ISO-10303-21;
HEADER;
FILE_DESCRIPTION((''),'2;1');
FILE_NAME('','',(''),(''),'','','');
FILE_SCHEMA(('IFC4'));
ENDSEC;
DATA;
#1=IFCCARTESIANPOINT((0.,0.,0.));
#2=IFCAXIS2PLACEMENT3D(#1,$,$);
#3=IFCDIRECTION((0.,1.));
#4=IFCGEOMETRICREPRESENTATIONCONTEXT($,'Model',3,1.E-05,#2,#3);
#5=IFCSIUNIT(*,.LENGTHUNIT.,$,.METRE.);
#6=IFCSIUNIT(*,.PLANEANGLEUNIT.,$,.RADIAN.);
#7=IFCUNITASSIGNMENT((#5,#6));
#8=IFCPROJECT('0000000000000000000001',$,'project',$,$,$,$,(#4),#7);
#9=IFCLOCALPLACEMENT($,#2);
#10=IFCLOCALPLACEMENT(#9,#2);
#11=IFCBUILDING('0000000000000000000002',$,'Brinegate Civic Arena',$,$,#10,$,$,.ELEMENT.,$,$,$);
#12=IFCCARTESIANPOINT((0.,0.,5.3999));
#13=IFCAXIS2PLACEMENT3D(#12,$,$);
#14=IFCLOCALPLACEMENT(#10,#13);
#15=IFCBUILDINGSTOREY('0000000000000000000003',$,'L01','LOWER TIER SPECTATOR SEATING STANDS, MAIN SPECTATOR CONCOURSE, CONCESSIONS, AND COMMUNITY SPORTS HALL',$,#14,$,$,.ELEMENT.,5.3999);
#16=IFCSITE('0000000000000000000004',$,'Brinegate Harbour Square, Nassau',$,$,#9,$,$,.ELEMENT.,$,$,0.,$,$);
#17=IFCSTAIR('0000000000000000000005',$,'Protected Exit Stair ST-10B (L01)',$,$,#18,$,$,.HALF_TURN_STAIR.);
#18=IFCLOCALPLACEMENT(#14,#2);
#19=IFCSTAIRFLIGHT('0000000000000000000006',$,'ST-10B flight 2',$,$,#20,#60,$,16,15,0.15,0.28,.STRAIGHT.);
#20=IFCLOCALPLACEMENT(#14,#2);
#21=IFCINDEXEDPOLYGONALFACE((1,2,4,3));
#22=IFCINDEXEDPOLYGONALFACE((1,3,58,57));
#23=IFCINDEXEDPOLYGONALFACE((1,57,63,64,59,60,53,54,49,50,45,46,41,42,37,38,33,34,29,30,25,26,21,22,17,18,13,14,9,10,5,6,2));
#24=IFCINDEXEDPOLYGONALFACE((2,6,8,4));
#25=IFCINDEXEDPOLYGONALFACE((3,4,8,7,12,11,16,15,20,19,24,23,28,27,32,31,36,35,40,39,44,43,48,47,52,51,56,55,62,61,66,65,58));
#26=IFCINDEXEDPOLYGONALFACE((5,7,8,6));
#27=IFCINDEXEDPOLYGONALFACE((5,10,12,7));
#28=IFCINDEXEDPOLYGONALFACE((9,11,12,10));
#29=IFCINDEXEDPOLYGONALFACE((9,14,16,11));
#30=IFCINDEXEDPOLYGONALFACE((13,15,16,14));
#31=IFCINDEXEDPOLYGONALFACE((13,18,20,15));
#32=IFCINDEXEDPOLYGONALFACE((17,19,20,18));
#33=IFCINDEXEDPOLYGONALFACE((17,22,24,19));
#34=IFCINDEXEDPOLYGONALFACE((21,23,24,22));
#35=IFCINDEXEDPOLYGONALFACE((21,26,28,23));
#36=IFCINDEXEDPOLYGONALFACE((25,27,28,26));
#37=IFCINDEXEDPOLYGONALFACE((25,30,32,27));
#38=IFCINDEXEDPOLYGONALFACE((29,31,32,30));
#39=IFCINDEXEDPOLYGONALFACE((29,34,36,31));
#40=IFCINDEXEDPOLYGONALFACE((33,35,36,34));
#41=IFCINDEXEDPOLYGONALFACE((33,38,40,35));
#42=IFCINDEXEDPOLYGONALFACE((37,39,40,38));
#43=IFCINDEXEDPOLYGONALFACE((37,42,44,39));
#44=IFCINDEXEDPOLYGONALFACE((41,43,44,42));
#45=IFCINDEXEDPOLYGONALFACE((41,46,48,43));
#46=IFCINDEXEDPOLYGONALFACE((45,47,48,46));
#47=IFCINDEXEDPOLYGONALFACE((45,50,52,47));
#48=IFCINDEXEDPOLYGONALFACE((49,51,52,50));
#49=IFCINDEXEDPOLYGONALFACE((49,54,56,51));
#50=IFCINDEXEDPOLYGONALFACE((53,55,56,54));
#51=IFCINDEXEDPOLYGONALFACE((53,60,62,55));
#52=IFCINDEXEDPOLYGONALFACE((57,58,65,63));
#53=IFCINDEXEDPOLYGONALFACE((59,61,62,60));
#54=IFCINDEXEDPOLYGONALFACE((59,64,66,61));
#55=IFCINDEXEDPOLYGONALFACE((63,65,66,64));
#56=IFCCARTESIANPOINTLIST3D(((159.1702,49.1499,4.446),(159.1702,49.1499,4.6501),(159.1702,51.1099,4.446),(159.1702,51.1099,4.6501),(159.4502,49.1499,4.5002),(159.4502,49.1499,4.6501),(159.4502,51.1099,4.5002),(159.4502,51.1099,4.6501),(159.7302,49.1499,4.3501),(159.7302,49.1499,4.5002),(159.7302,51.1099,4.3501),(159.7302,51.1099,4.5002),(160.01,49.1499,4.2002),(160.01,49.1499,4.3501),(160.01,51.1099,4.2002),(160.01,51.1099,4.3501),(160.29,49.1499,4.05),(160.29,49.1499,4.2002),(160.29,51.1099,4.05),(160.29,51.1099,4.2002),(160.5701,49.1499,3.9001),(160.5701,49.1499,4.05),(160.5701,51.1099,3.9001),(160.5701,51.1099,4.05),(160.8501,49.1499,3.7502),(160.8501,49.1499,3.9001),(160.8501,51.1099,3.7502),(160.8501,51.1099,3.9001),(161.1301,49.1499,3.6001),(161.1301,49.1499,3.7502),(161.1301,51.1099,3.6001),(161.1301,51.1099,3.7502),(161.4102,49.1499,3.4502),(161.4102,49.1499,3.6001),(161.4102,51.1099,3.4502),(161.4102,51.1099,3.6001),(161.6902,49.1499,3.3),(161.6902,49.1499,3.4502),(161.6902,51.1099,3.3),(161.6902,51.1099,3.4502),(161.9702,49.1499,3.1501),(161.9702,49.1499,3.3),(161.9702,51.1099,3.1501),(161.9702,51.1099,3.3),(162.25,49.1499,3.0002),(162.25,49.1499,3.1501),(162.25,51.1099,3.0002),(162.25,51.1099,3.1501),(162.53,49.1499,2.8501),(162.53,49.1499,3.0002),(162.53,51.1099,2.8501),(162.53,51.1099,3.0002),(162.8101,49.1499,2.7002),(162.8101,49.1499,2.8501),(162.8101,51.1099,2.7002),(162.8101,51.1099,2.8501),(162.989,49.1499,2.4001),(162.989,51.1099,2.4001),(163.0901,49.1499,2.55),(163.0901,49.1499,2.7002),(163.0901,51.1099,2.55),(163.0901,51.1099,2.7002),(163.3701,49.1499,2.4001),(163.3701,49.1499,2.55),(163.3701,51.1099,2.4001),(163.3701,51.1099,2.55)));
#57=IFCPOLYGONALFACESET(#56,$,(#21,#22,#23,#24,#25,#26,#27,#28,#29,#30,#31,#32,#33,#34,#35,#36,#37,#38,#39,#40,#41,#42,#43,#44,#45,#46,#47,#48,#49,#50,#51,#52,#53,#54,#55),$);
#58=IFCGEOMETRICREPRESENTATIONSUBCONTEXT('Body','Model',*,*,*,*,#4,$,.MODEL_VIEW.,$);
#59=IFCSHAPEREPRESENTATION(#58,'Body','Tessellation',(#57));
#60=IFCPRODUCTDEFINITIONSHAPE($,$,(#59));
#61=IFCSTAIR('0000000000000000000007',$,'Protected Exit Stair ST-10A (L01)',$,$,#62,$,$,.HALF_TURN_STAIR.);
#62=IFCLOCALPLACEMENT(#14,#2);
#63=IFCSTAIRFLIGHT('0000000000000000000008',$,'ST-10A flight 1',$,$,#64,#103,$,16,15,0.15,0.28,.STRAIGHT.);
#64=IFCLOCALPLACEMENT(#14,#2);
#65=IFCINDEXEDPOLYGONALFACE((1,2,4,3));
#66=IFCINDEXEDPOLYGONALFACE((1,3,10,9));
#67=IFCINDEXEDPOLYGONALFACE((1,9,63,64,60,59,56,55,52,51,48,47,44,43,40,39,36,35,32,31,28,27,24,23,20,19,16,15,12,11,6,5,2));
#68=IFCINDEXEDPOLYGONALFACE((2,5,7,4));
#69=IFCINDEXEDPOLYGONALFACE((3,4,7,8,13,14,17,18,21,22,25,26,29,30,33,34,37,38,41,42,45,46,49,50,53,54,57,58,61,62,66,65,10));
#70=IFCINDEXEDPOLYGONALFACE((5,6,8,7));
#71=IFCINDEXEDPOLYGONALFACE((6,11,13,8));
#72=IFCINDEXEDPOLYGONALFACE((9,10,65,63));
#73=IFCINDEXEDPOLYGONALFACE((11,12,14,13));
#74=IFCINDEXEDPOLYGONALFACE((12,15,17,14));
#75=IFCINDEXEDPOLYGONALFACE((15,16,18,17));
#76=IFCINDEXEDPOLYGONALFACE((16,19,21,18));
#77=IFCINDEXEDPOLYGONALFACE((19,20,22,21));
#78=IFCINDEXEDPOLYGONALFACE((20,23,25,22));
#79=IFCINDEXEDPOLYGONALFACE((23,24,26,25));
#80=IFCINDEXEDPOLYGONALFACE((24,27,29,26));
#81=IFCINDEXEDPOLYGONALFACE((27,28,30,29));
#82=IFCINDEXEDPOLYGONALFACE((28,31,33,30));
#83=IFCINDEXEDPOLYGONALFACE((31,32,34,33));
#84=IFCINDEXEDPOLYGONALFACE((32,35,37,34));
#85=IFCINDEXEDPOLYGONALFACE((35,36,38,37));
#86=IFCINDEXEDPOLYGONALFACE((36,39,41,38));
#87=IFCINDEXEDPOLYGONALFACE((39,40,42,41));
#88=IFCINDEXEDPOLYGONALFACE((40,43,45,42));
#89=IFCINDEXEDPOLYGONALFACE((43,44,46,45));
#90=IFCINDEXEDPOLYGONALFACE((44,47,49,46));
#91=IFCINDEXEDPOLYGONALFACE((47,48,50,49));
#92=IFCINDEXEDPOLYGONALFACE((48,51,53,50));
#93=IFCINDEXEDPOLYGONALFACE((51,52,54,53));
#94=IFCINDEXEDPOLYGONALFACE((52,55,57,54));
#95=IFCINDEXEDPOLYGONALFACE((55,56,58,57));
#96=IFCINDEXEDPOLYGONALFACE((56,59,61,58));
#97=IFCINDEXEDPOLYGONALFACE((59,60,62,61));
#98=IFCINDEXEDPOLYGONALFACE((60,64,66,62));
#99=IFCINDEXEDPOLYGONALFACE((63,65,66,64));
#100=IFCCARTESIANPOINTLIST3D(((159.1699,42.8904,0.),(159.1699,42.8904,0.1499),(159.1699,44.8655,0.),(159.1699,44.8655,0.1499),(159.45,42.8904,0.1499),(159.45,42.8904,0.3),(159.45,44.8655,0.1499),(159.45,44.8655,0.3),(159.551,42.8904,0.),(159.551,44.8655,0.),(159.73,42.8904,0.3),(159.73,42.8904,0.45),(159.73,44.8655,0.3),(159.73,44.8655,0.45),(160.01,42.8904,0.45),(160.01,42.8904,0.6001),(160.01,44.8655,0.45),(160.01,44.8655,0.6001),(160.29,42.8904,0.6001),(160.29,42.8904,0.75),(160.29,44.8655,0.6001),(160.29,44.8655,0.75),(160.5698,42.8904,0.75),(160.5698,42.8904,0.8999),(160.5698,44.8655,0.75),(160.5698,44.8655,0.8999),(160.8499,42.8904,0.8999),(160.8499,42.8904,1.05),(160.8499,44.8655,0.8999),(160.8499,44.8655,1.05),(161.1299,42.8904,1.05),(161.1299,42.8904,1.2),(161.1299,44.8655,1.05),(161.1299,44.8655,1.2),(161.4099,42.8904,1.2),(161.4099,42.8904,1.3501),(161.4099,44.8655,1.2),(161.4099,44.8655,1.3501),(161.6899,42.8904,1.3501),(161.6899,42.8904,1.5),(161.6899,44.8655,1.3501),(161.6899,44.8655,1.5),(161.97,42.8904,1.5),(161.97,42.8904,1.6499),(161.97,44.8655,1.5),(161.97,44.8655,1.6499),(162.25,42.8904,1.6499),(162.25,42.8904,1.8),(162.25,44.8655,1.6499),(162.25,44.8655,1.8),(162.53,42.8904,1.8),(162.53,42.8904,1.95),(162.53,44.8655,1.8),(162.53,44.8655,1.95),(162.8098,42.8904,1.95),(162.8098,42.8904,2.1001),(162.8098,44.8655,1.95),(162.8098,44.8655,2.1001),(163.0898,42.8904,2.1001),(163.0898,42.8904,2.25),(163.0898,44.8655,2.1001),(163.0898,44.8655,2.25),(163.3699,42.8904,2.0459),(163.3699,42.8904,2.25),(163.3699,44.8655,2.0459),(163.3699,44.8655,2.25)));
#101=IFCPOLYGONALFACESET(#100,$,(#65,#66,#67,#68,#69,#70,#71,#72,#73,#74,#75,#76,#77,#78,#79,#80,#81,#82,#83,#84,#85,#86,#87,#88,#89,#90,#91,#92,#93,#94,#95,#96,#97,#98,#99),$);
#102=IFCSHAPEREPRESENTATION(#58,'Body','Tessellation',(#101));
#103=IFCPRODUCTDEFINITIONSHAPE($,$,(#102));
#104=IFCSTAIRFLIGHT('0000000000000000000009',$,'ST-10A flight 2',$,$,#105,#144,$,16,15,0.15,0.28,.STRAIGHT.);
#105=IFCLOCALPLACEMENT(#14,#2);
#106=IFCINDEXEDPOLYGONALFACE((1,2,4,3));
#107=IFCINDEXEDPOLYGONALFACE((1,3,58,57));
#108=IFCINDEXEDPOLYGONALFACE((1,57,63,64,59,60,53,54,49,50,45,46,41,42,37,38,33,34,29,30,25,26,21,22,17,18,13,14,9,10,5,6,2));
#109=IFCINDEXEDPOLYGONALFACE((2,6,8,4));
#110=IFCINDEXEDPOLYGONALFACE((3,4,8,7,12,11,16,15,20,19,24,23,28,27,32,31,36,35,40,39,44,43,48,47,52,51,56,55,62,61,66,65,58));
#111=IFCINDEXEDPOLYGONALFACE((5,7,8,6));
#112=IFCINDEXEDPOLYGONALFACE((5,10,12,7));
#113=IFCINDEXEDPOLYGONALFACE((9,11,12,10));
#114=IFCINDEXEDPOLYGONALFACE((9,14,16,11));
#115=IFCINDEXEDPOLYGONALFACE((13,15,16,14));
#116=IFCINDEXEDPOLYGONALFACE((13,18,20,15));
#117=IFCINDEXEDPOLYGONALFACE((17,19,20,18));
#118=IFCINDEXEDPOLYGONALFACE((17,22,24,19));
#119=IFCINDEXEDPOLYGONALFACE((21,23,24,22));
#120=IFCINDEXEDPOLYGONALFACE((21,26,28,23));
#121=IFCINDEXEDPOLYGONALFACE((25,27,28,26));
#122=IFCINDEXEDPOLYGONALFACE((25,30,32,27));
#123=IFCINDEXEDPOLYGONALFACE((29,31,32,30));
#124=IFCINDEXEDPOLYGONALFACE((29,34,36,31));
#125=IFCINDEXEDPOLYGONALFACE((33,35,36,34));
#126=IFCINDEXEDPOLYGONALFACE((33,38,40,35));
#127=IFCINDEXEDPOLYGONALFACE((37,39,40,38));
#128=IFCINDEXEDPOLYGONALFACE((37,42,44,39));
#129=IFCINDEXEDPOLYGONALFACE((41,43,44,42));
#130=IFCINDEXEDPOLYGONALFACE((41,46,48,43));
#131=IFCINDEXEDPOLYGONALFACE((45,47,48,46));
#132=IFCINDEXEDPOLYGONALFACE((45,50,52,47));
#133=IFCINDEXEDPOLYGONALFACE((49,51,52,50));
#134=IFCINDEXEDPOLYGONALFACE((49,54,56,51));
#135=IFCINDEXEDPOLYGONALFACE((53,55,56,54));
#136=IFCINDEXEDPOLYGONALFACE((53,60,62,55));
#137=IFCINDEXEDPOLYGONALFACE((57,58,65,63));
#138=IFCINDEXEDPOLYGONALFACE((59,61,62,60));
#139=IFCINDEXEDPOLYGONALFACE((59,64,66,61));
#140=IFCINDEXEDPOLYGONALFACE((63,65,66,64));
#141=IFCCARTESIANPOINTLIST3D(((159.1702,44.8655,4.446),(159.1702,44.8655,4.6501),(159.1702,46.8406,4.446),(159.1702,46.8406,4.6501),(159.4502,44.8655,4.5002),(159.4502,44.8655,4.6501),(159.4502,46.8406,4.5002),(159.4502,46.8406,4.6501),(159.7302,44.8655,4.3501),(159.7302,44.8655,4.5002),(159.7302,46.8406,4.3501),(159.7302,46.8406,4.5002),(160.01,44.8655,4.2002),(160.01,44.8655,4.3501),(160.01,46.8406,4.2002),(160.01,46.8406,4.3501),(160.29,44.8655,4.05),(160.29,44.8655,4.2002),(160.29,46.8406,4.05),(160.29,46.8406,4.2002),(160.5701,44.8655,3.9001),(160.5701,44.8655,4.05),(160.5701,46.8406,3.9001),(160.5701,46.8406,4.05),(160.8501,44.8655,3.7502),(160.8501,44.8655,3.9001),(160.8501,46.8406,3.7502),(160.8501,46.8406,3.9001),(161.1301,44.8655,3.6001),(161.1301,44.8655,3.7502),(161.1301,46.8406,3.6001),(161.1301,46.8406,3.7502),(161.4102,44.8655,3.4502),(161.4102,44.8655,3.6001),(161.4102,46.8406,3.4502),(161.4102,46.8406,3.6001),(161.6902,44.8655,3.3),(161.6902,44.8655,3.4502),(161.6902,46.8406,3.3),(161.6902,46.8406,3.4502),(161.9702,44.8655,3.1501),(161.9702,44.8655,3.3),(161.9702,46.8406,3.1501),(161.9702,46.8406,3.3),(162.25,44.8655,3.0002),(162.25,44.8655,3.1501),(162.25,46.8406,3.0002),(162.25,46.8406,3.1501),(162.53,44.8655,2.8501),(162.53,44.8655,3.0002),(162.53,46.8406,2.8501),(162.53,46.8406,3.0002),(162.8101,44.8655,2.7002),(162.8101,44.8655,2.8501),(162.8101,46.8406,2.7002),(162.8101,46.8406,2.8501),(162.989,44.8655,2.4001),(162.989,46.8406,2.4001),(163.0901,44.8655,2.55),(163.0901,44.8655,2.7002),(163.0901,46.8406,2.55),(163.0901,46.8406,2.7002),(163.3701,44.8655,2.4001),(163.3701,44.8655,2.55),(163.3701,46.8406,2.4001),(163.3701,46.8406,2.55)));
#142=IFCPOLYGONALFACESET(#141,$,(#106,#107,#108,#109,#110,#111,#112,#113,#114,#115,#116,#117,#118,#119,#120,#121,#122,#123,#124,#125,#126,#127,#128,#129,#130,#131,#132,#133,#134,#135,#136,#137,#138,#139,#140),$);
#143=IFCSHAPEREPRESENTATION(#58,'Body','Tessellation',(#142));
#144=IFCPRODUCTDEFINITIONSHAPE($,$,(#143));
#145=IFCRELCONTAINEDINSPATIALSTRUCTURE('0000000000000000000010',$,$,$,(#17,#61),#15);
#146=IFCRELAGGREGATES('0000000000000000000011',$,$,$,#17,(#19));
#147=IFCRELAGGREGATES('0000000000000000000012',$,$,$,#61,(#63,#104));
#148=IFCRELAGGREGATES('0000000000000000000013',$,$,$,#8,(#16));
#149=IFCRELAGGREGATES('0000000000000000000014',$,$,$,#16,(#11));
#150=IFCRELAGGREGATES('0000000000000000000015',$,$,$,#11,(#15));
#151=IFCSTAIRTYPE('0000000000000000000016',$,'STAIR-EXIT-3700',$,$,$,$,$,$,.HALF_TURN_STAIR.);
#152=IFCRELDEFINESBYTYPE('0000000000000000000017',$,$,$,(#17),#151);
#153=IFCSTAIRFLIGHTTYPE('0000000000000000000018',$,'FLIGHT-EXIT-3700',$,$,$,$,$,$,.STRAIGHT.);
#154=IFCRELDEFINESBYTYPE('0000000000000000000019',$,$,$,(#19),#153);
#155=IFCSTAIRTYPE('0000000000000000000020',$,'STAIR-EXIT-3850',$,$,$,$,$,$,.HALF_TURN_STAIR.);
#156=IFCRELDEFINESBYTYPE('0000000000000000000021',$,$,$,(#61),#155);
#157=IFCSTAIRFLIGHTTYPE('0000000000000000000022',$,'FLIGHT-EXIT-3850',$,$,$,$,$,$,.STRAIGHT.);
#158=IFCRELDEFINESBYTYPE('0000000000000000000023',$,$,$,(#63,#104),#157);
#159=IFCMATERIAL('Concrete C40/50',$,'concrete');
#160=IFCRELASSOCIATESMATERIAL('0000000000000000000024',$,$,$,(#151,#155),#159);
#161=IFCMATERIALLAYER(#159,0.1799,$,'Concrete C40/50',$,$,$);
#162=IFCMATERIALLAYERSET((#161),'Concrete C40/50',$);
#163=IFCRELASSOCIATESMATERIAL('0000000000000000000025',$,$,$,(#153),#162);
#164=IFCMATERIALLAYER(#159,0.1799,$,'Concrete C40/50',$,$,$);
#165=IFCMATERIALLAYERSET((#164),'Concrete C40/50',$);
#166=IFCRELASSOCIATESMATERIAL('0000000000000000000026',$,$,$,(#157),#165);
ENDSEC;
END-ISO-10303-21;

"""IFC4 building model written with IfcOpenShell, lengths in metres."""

from ifc_helpers import new_model, si_unit, direction, frame, origin, place, context, subcontext, project, spatial, polyline, outline, extrude, material, layer, layer_set, type_object, element, aggregate, save


model = new_model("IFC4")

# Units and contexts
model_context = context("Model", 3, precision=1e-05, world=origin(), true_north=direction((0.0, 1.0)))
body_context = subcontext(model_context, "Body", "Model", "MODEL_VIEW")
ifc_project = project(units=[si_unit("LENGTHUNIT", "METRE"), si_unit("PLANEANGLEUNIT", "RADIAN")], contexts=[model_context])

# Site, building, storey
site_placement = place(None, origin())
site = spatial("IfcSite", under=ifc_project, at=site_placement, Name="Brinegate Harbour Square, Nassau", CompositionType="ELEMENT", RefElevation=0.0)
building_placement = place(site_placement, origin())
building = spatial("IfcBuilding", under=site, at=building_placement, Name="Brinegate Civic Arena", CompositionType="ELEMENT")
storey_placement = place(building_placement, frame((0.0, 0.0, 5.3999)))
storey = spatial("IfcBuildingStorey", under=building, at=storey_placement, Name="L01", Description="LOWER TIER SPECTATOR SEATING STANDS, MAIN SPECTATOR CONCOURSE, CONCESSIONS, AND COMMUNITY SPORTS HALL", CompositionType="ELEMENT", Elevation=5.3999)

# Stairs, stair flights
ifc_material_1 = material(Name="Concrete C40/50", Category="concrete")
stair_type_1 = type_object("IfcStairType", Name="STAIR-EXIT-3700", PredefinedType="HALF_TURN_STAIR", material=ifc_material_1)
stair_1_placement = place(storey_placement, origin())
stair_1 = element("IfcStair", 1, at=stair_1_placement, inside=storey, type_object=stair_type_1, Name="Protected Exit Stair ST-10B (L01)", PredefinedType="HALF_TURN_STAIR")
ifc_layer_1 = layer(ifc_material_1, 0.1799, Name="Concrete C40/50")
ifc_layer_set_1 = layer_set([ifc_layer_1], Name="Concrete C40/50")
stair_flight_type_1 = type_object("IfcStairFlightType", Name="FLIGHT-EXIT-3700", PredefinedType="STRAIGHT", material=ifc_layer_set_1)
stair_flight_1_placement = place(storey_placement, frame((163.3701, 50.1299, 2.4001), z_axis=(0.0, 0.0, 1.0), x_axis=(-1.0, 0.0, 0.0)))
stair_flight_1 = element("IfcStairFlight", 2, at=stair_flight_1_placement, type_object=stair_flight_type_1, Name="ST-10B flight 2", NumberOfRisers=16, NumberOfTreads=15, PredefinedType="STRAIGHT", RiserHeight=0.15, TreadLength=0.28, context=body_context, shape_type="SweptSolid", body=[
    extrude(outline(polyline([(0.0, 0.0), (0.0, 0.1499), (0.28, 0.1499), (0.28, 0.3), (0.5601, 0.3), (0.5601, 0.45), (0.8401, 0.45), (0.8401, 0.6001), (1.1201, 0.6001), (1.1201, 0.75), (1.3999, 0.75), (1.3999, 0.8999), (1.6799, 0.8999), (1.6799, 1.05), (1.96, 1.05), (1.96, 1.2), (2.24, 1.2), (2.24, 1.3501), (2.52, 1.3501), (2.52, 1.5), (2.8, 1.5), (2.8, 1.6499), (3.0801, 1.6499), (3.0801, 1.8), (3.3601, 1.8), (3.3601, 1.95), (3.6399, 1.95), (3.6399, 2.1001), (3.9199, 2.1001), (3.9199, 2.25), (4.2, 2.25), (4.2, 2.3999), (4.2, 2.0459), (0.3811, 0.0), (0.0, 0.0)])), frame((0.0, 0.98, 0.0), z_axis=(0.0, -1.0, 0.0), x_axis=(1.0, 0.0, 0.0)), (0.0, 0.0, 1.0), 1.96),
])
aggregate(stair_1, [stair_flight_1])
stair_type_2 = type_object("IfcStairType", Name="STAIR-EXIT-3850", PredefinedType="HALF_TURN_STAIR", material=ifc_material_1)
stair_2_placement = place(storey_placement, origin())
stair_2 = element("IfcStair", 3, at=stair_2_placement, inside=storey, type_object=stair_type_2, Name="Protected Exit Stair ST-10A (L01)", PredefinedType="HALF_TURN_STAIR")
ifc_layer_2 = layer(ifc_material_1, 0.1799, Name="Concrete C40/50")
ifc_layer_set_2 = layer_set([ifc_layer_2], Name="Concrete C40/50")
stair_flight_type_2 = type_object("IfcStairFlightType", Name="FLIGHT-EXIT-3850", PredefinedType="STRAIGHT", material=ifc_layer_set_2)
stair_flight_2_placement = place(storey_placement, frame((159.1699, 43.8779, 0.0), z_axis=(0.0, 0.0, 1.0), x_axis=(1.0, 0.0, 0.0)))
stair_flight_2 = element("IfcStairFlight", 4, at=stair_flight_2_placement, type_object=stair_flight_type_2, Name="ST-10A flight 1", NumberOfRisers=16, NumberOfTreads=15, PredefinedType="STRAIGHT", RiserHeight=0.15, TreadLength=0.28, context=body_context, shape_type="SweptSolid", body=[
    extrude(outline(polyline([(0.0, 0.0), (0.0, 0.1499), (0.28, 0.1499), (0.28, 0.3), (0.5601, 0.3), (0.5601, 0.45), (0.8401, 0.45), (0.8401, 0.6001), (1.1201, 0.6001), (1.1201, 0.75), (1.3999, 0.75), (1.3999, 0.8999), (1.6799, 0.8999), (1.6799, 1.05), (1.96, 1.05), (1.96, 1.2), (2.24, 1.2), (2.24, 1.3501), (2.52, 1.3501), (2.52, 1.5), (2.8, 1.5), (2.8, 1.6499), (3.0801, 1.6499), (3.0801, 1.8), (3.3601, 1.8), (3.3601, 1.95), (3.6399, 1.95), (3.6399, 2.1001), (3.9199, 2.1001), (3.9199, 2.25), (4.2, 2.25), (4.2, 2.3999), (4.2, 2.0459), (0.3811, 0.0), (0.0, 0.0)])), frame((0.0, 0.9875, 0.0), z_axis=(0.0, -1.0, 0.0), x_axis=(1.0, 0.0, 0.0)), (0.0, 0.0, 1.0), 1.9751),
])
stair_flight_3_placement = place(storey_placement, frame((163.3701, 45.853, 2.4001), z_axis=(0.0, 0.0, 1.0), x_axis=(-1.0, 0.0, 0.0)))
stair_flight_3 = element("IfcStairFlight", 5, at=stair_flight_3_placement, type_object=stair_flight_type_2, Name="ST-10A flight 2", NumberOfRisers=16, NumberOfTreads=15, PredefinedType="STRAIGHT", RiserHeight=0.15, TreadLength=0.28, context=body_context, shape_type="SweptSolid", body=[
    extrude(outline(polyline([(0.0, 0.0), (0.0, 0.1499), (0.28, 0.1499), (0.28, 0.3), (0.5601, 0.3), (0.5601, 0.45), (0.8401, 0.45), (0.8401, 0.6001), (1.1201, 0.6001), (1.1201, 0.75), (1.3999, 0.75), (1.3999, 0.8999), (1.6799, 0.8999), (1.6799, 1.05), (1.96, 1.05), (1.96, 1.2), (2.24, 1.2), (2.24, 1.3501), (2.52, 1.3501), (2.52, 1.5), (2.8, 1.5), (2.8, 1.6499), (3.0801, 1.6499), (3.0801, 1.8), (3.3601, 1.8), (3.3601, 1.95), (3.6399, 1.95), (3.6399, 2.1001), (3.9199, 2.1001), (3.9199, 2.25), (4.2, 2.25), (4.2, 2.3999), (4.2, 2.0459), (0.3811, 0.0), (0.0, 0.0)])), frame((0.0, 0.9875, 0.0), z_axis=(0.0, -1.0, 0.0), x_axis=(1.0, 0.0, 0.0)), (0.0, 0.0, 1.0), 1.9751),
])
aggregate(stair_2, [stair_flight_2, stair_flight_3])

save(model, "model.ifc")
